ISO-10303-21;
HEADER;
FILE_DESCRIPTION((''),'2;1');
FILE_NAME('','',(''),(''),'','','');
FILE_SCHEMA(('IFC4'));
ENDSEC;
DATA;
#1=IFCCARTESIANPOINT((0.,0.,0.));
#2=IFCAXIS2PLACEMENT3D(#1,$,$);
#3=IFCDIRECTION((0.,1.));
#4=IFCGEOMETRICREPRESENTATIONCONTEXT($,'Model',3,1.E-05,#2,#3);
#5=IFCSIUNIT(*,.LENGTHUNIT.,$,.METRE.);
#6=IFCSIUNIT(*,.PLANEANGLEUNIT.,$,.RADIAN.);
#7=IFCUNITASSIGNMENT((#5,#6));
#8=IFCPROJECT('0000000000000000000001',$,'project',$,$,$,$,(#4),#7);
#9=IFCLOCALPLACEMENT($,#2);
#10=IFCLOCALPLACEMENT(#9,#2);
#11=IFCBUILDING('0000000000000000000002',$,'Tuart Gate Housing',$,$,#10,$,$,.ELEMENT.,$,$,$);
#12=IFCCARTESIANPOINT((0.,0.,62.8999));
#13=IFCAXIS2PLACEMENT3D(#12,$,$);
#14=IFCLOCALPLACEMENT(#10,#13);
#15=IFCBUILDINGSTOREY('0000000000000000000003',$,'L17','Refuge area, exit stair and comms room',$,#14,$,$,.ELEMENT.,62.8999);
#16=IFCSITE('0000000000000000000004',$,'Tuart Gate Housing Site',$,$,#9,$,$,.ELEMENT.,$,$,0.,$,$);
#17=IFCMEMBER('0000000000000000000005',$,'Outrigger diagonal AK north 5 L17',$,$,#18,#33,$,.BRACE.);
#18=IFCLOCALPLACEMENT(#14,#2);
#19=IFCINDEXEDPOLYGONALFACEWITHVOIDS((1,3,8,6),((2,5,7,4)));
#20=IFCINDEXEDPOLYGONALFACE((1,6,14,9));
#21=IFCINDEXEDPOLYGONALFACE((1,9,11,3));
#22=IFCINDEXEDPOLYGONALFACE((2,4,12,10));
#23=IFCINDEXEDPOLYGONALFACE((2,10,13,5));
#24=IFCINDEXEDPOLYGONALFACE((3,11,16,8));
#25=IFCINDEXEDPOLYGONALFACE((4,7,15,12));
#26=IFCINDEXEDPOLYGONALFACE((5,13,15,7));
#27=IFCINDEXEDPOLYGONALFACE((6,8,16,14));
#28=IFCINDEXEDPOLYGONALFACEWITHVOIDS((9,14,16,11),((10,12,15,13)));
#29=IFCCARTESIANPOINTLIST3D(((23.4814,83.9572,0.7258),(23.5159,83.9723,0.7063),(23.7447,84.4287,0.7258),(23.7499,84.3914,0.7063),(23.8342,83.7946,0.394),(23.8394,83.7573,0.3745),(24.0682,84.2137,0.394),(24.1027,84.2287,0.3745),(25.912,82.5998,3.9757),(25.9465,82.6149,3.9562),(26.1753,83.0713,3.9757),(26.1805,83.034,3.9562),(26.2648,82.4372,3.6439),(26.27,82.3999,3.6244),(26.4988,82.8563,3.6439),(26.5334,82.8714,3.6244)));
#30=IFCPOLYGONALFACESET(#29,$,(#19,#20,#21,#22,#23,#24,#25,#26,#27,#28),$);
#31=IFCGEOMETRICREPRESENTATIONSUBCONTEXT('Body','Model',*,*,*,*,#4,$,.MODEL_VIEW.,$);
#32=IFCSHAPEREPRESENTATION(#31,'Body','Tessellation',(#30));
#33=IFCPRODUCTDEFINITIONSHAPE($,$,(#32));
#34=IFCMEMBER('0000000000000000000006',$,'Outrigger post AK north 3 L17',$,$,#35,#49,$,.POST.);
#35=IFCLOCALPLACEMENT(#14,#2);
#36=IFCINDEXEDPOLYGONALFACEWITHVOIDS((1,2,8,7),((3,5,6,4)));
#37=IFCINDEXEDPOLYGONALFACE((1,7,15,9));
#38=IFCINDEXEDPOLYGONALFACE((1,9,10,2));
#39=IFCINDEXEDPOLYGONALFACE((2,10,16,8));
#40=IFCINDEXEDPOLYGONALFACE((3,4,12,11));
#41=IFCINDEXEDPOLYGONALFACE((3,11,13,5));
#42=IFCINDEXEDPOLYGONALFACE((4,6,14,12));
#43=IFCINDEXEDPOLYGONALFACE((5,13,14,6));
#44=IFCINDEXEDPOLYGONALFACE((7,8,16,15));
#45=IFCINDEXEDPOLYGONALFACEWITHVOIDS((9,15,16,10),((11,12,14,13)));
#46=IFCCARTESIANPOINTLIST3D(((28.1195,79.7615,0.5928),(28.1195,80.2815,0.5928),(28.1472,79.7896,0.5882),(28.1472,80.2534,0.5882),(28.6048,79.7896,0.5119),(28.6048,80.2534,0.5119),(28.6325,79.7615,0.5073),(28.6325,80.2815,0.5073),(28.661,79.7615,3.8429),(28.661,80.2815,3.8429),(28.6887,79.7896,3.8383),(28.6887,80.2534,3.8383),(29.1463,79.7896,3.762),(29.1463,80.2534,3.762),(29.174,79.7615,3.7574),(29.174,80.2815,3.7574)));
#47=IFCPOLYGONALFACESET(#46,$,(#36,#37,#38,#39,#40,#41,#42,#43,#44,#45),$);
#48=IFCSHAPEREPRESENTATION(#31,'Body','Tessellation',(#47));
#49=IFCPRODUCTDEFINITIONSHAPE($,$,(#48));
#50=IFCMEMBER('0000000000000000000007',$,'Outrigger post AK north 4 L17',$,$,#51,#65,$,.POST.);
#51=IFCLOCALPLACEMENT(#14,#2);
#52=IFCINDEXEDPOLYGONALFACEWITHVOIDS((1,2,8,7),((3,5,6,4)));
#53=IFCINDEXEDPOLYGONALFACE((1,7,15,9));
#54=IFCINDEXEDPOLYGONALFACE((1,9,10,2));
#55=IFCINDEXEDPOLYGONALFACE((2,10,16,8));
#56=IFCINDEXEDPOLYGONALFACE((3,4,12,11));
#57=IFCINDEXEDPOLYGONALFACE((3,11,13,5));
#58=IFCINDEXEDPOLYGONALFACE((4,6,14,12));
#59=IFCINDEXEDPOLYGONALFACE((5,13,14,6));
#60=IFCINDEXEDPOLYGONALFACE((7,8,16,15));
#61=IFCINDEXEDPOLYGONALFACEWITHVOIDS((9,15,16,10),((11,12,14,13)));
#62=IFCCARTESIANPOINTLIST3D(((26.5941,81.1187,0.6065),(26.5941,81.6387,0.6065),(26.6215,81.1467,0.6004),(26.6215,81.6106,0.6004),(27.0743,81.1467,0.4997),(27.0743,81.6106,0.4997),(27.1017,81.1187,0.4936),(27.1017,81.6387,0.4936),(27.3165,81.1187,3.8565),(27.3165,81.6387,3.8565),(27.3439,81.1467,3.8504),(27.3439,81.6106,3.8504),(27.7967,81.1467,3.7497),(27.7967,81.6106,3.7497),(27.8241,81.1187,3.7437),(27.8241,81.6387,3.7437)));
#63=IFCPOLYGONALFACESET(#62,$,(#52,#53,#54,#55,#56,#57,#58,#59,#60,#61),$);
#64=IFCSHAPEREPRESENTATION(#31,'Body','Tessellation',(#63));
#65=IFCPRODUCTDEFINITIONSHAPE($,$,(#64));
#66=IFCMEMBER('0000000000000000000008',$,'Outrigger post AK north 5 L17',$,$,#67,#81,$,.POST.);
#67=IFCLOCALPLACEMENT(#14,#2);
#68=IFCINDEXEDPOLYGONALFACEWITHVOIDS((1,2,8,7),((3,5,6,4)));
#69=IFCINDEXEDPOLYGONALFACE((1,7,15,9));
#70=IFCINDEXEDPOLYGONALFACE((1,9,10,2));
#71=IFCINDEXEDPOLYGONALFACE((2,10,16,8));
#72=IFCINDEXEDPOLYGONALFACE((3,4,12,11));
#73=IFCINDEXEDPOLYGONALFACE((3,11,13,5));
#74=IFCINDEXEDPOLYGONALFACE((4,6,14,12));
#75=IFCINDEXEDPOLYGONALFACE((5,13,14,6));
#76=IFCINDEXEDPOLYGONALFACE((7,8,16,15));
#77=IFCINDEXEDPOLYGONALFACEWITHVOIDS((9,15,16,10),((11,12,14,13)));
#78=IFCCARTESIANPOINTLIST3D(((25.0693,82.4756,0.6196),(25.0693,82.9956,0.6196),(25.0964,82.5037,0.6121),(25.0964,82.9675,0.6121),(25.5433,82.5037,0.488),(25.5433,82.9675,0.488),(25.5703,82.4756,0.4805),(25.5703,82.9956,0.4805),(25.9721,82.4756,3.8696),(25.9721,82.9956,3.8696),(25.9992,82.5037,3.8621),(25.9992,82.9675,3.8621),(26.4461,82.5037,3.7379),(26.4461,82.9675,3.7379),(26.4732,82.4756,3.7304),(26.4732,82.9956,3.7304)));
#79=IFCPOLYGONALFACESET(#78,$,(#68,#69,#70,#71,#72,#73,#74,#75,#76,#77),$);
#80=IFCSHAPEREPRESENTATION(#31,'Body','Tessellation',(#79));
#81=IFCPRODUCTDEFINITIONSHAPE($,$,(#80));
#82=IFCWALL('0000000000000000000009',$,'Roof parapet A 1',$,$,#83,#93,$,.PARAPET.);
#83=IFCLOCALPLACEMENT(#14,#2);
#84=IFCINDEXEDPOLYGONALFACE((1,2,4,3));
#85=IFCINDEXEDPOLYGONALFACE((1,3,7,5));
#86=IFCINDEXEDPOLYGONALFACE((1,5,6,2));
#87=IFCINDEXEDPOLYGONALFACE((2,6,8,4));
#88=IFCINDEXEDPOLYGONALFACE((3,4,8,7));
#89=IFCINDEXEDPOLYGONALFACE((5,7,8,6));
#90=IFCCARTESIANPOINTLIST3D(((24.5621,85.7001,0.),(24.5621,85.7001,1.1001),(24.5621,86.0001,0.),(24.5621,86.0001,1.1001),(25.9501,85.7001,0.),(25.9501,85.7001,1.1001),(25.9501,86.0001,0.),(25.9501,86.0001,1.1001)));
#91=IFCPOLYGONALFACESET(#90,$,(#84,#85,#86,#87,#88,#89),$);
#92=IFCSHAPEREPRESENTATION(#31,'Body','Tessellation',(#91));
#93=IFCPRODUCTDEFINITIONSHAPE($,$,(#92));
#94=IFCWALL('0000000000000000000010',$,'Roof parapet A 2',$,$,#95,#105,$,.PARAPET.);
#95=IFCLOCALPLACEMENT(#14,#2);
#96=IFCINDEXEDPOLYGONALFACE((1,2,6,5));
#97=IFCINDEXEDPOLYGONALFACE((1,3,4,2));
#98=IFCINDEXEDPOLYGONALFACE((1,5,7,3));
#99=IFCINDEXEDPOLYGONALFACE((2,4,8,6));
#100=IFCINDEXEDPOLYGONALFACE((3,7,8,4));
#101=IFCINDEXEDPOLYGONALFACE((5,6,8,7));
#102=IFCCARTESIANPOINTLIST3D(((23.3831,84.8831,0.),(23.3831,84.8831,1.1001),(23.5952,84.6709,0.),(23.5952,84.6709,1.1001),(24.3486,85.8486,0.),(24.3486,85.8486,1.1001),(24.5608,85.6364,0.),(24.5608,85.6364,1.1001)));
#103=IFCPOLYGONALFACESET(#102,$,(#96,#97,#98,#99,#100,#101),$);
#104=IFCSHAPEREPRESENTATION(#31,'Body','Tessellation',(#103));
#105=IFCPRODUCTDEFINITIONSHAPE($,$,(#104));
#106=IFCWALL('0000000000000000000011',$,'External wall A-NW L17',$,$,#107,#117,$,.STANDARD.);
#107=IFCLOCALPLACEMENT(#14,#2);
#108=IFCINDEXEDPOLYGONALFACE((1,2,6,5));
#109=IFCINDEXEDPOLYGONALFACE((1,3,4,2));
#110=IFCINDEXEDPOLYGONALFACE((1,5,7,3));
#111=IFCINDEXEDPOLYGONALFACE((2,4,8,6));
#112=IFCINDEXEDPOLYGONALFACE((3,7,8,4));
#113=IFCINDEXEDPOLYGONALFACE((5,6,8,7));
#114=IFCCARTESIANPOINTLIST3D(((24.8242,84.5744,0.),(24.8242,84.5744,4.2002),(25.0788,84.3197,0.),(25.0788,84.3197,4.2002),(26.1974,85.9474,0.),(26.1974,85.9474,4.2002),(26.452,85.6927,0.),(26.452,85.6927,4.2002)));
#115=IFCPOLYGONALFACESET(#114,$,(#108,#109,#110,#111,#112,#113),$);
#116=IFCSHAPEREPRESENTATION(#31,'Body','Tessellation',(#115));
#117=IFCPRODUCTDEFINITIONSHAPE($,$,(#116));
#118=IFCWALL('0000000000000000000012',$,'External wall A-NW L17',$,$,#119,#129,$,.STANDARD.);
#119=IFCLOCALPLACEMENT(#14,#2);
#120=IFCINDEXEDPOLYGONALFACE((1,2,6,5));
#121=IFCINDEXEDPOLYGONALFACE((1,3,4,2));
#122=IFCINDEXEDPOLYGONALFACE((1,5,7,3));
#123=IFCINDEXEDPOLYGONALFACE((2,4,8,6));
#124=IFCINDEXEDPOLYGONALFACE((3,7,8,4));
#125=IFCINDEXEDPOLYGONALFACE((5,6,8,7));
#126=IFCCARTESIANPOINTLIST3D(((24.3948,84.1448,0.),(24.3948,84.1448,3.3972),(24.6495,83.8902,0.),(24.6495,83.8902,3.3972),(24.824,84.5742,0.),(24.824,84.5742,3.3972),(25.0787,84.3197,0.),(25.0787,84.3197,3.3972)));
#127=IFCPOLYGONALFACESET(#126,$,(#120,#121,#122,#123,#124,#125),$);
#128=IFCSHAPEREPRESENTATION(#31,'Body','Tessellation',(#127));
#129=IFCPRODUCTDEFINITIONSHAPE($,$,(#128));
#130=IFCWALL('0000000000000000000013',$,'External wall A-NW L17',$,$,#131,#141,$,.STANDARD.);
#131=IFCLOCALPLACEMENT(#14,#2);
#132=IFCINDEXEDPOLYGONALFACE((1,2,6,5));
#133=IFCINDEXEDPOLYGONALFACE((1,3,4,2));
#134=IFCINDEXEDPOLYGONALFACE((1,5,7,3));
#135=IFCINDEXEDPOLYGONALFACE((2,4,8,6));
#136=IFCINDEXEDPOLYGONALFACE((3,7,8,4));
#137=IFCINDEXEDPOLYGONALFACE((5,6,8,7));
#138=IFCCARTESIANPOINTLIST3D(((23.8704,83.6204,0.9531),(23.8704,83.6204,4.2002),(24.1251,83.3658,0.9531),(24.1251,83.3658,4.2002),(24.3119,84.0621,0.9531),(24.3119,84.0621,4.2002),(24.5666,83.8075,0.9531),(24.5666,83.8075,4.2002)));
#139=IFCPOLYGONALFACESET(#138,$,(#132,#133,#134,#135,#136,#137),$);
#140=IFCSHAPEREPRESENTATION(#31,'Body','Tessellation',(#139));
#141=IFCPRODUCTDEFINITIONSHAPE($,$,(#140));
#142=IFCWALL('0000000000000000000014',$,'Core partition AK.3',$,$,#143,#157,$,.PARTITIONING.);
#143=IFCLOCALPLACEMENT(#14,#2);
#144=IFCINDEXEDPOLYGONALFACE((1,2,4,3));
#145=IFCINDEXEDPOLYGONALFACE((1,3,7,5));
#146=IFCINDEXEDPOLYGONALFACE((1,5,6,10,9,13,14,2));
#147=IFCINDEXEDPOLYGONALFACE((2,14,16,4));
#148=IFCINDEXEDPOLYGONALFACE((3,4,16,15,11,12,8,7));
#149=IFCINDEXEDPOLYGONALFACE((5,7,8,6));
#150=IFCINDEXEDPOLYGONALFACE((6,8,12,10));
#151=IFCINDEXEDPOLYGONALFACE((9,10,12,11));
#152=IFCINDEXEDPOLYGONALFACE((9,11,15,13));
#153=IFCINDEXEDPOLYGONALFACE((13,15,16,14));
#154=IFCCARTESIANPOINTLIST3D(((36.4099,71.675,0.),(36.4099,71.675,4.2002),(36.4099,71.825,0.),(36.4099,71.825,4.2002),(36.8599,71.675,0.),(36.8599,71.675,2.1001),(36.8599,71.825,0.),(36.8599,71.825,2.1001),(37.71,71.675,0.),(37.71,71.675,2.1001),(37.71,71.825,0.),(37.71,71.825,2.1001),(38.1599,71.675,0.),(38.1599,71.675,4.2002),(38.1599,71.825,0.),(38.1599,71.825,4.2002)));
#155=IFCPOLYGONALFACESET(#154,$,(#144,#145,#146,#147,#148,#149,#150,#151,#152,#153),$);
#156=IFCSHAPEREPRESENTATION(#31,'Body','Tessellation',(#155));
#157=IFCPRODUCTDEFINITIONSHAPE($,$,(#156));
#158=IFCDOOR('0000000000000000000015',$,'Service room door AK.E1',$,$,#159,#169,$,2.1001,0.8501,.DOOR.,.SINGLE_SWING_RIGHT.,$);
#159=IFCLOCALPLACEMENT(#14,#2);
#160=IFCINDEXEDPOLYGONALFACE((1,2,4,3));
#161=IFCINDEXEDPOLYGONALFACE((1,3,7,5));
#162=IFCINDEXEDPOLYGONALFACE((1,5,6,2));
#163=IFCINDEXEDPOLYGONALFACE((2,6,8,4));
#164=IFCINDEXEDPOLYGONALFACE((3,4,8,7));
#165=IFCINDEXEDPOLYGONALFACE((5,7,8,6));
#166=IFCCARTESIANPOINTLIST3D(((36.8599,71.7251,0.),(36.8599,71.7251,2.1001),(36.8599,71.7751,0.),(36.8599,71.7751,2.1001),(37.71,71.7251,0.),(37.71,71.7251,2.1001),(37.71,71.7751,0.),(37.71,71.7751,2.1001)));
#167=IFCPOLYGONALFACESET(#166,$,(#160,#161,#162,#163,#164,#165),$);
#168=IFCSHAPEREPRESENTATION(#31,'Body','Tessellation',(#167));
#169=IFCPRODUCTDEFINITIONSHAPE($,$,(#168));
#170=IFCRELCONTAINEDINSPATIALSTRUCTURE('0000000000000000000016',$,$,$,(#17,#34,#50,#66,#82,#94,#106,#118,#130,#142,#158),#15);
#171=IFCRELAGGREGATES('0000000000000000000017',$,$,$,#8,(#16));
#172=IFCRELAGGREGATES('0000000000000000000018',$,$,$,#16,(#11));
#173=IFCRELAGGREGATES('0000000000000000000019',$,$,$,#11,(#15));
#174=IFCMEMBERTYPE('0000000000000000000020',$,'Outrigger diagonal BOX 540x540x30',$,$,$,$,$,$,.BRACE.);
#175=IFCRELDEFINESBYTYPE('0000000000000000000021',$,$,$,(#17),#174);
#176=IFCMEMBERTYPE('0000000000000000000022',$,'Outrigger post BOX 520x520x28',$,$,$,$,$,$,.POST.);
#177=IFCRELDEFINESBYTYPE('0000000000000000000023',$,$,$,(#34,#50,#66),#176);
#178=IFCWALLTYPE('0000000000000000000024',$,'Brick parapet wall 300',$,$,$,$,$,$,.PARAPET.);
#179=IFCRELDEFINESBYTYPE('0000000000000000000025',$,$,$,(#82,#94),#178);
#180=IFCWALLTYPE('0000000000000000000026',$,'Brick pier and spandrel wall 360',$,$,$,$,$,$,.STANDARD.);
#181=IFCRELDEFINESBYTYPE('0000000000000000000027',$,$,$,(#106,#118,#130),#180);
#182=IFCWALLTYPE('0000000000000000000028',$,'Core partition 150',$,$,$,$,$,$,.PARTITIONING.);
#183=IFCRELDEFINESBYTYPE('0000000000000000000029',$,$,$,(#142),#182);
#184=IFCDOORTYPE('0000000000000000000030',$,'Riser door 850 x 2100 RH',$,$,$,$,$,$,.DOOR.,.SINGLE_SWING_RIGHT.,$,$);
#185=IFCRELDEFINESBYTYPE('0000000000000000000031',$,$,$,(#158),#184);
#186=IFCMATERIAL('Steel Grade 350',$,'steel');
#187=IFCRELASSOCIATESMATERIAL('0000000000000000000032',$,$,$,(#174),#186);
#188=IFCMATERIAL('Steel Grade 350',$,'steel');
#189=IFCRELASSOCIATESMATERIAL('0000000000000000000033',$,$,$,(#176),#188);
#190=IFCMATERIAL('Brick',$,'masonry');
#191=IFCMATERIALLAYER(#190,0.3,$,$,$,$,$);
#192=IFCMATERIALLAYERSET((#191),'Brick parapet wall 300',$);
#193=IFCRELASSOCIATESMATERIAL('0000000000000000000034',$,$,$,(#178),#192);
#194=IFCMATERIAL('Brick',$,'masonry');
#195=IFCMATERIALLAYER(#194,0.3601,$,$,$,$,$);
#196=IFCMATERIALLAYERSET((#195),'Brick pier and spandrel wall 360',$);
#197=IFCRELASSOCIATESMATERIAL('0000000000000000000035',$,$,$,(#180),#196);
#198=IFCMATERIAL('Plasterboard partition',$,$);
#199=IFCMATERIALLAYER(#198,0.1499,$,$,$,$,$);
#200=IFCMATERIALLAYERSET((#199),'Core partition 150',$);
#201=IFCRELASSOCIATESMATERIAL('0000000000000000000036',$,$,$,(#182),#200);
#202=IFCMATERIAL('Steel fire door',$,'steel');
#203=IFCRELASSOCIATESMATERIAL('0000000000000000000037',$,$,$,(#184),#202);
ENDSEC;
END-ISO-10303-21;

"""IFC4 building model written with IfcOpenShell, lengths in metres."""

from ifc_helpers import new_model, si_unit, direction, frame, frame_2d, origin, origin_2d, place, context, subcontext, project, spatial, rectangle, hollow_rectangle, extrude, material, layer, layer_set, material_profile, profile_set, type_object, element, fill, save


model = new_model("IFC4")

# Units and contexts
model_context = context("Model", 3, precision=1e-05, world=origin(), true_north=direction((0.0, 1.0)))
body_context = subcontext(model_context, "Body", "Model", "MODEL_VIEW")
ifc_project = project(units=[si_unit("LENGTHUNIT", "METRE"), si_unit("PLANEANGLEUNIT", "RADIAN")], contexts=[model_context])

# Site, building, storey
site_placement = place(None, origin())
site = spatial("IfcSite", under=ifc_project, at=site_placement, Name="Tuart Gate Housing Site", CompositionType="ELEMENT", RefElevation=0.0)
building_placement = place(site_placement, origin())
building = spatial("IfcBuilding", under=site, at=building_placement, Name="Tuart Gate Housing", CompositionType="ELEMENT")
storey_placement = place(building_placement, frame((0.0, 0.0, 62.8999)))
storey = spatial("IfcBuildingStorey", under=building, at=storey_placement, Name="L17", Description="Refuge area, exit stair and comms room", CompositionType="ELEMENT", Elevation=62.8999)

# Members
ifc_material_1 = material(Name="Steel Grade 350", Category="steel")
ifc_material_profile_1 = material_profile(ifc_material_1, hollow_rectangle(XDim=0.54, YDim=0.54, WallThickness=0.03, at=origin_2d()), Name="BOX 540x540x30")
ifc_profile_set_1 = profile_set([ifc_material_profile_1], Name="Steel Grade 350")
member_type_1 = type_object("IfcMemberType", Name="Outrigger diagonal BOX 540x540x30", PredefinedType="BRACE", material=ifc_profile_set_1)
member_1_placement = place(storey_placement, frame((26.2227, 82.7356, 3.8), z_axis=(-0.567992, 0.317199, -0.759453), x_axis=(-0.487578, -0.87308, 0.0)))
element("IfcMember", 1, at=member_1_placement, inside=storey, type_object=member_type_1, Name="Outrigger diagonal AK north 5 L17", PredefinedType="BRACE", context=body_context, shape_type="SweptSolid", body=[
    extrude(hollow_rectangle(XDim=0.54, YDim=0.54, WallThickness=0.03, at=origin_2d()), origin(), (0.0, 0.0, 1.0), 4.2793),
])
ifc_material_2 = material(Name="Steel Grade 350", Category="steel")
ifc_material_profile_2 = material_profile(ifc_material_2, hollow_rectangle(XDim=0.52, YDim=0.52, WallThickness=0.0281, at=origin_2d()), Name="BOX 520x520x28")
ifc_profile_set_2 = profile_set([ifc_material_profile_2], Name="Steel Grade 350")
member_type_2 = type_object("IfcMemberType", Name="Outrigger post BOX 520x520x28", PredefinedType="POST", material=ifc_profile_set_2)
member_2_placement = place(storey_placement, frame((28.376, 80.0215, 0.55), z_axis=(0.164351, 0.0, 0.986402), x_axis=(0.0, 1.0, 0.0)))
element("IfcMember", 2, at=member_2_placement, inside=storey, type_object=member_type_2, Name="Outrigger post AK north 3 L17", PredefinedType="POST", context=body_context, shape_type="SweptSolid", body=[
    extrude(hollow_rectangle(XDim=0.52, YDim=0.52, WallThickness=0.0281, at=origin_2d()), origin(), (0.0, 0.0, 1.0), 3.2949),
])
member_3_placement = place(storey_placement, frame((26.8479, 81.3787, 0.55), z_axis=(0.216985, 0.0, 0.976175), x_axis=(0.0, 1.0, 0.0)))
element("IfcMember", 3, at=member_3_placement, inside=storey, type_object=member_type_2, Name="Outrigger post AK north 4 L17", PredefinedType="POST", context=body_context, shape_type="SweptSolid", body=[
    extrude(hollow_rectangle(XDim=0.52, YDim=0.52, WallThickness=0.0281, at=origin_2d()), origin(), (0.0, 0.0, 1.0), 3.3293),
])
member_4_placement = place(storey_placement, frame((25.3198, 82.7356, 0.55), z_axis=(0.267659, 0.0, 0.963514), x_axis=(0.0, 1.0, 0.0)))
element("IfcMember", 4, at=member_4_placement, inside=storey, type_object=member_type_2, Name="Outrigger post AK north 5 L17", PredefinedType="POST", context=body_context, shape_type="SweptSolid", body=[
    extrude(hollow_rectangle(XDim=0.52, YDim=0.52, WallThickness=0.0281, at=origin_2d()), origin(), (0.0, 0.0, 1.0), 3.373),
])

# Walls
ifc_material_3 = material(Name="Brick", Category="masonry")
ifc_layer_1 = layer(ifc_material_3, 0.3)
ifc_layer_set_1 = layer_set([ifc_layer_1], Name="Brick parapet wall 300")
wall_type_1 = type_object("IfcWallType", Name="Brick parapet wall 300", PredefinedType="PARAPET", material=ifc_layer_set_1)
wall_1_placement = place(storey_placement, frame((25.95, 85.8501, 0.0), z_axis=(0.0, 0.0, 1.0), x_axis=(-1.0, 0.0, 0.0)))
element("IfcWall", 5, at=wall_1_placement, inside=storey, type_object=wall_type_1, Name="Roof parapet A 1", PredefinedType="PARAPET", context=body_context, shape_type="SweptSolid", body=[
    extrude(rectangle(XDim=1.3879, YDim=0.3, at=frame_2d((0.6938, 0.0))), origin(), (0.0, 0.0, 1.0), 1.1001),
])
wall_2_placement = place(storey_placement, frame((24.4546, 85.7424, 0.0), z_axis=(0.0, 0.0, 1.0), x_axis=(-0.707107, -0.707107, 0.0)))
element("IfcWall", 6, at=wall_2_placement, inside=storey, type_object=wall_type_1, Name="Roof parapet A 2", PredefinedType="PARAPET", context=body_context, shape_type="SweptSolid", body=[
    extrude(rectangle(XDim=1.3655, YDim=0.3, at=frame_2d((0.6826, 0.0))), origin(), (0.0, 0.0, 1.0), 1.1001),
])
ifc_material_4 = material(Name="Brick", Category="masonry")
ifc_layer_2 = layer(ifc_material_4, 0.3601)
ifc_layer_set_2 = layer_set([ifc_layer_2], Name="Brick pier and spandrel wall 360")
wall_type_2 = type_object("IfcWallType", Name="Brick pier and spandrel wall 360", PredefinedType="STANDARD", material=ifc_layer_set_2)
wall_3_placement = place(storey_placement, frame((26.3247, 85.8201, 0.0), z_axis=(0.0, 0.0, 1.0), x_axis=(-0.70717, -0.707044, 0.0)))
element("IfcWall", 7, at=wall_3_placement, inside=storey, type_object=wall_type_2, Name="External wall A-NW L17", PredefinedType="STANDARD", context=body_context, shape_type="SweptSolid", body=[
    extrude(rectangle(XDim=1.9419, YDim=0.3601, at=frame_2d((0.9709, 0.0))), origin(), (0.0, 0.0, 1.0), 4.2002),
])
wall_4_placement = place(storey_placement, frame((24.9514, 84.447, 0.0), z_axis=(0.0, 0.0, 1.0), x_axis=(-0.706906, -0.707308, 0.0)))
element("IfcWall", 8, at=wall_4_placement, inside=storey, type_object=wall_type_2, Name="External wall A-NW L17", PredefinedType="STANDARD", context=body_context, shape_type="SweptSolid", body=[
    extrude(rectangle(XDim=0.6072, YDim=0.3601, at=frame_2d((0.3037, 0.0))), origin(), (0.0, 0.0, 1.0), 3.3972),
])
wall_5_placement = place(storey_placement, frame((24.4392, 83.9348, 0.9531), z_axis=(0.0, 0.0, 1.0), x_axis=(-0.706911, -0.707302, 0.0)))
element("IfcWall", 9, at=wall_5_placement, inside=storey, type_object=wall_type_2, Name="External wall A-NW L17", PredefinedType="STANDARD", context=body_context, shape_type="SweptSolid", body=[
    extrude(rectangle(XDim=0.6245, YDim=0.3601, at=frame_2d((0.3123, 0.0))), origin(), (0.0, 0.0, 1.0), 3.2471),
])

# Wall, opening, door
ifc_material_5 = material(Name="Plasterboard partition")
ifc_layer_3 = layer(ifc_material_5, 0.1499)
ifc_layer_set_3 = layer_set([ifc_layer_3], Name="Core partition 150")
wall_type_3 = type_object("IfcWallType", Name="Core partition 150", PredefinedType="PARTITIONING", material=ifc_layer_set_3)
wall_6_placement = place(storey_placement, frame((38.1599, 71.75, 0.0), z_axis=(0.0, 0.0, 1.0), x_axis=(-1.0, 0.0, 0.0)))
wall_6 = element("IfcWall", 10, at=wall_6_placement, inside=storey, type_object=wall_type_3, Name="Core partition AK.3", PredefinedType="PARTITIONING", context=body_context, shape_type="SweptSolid", body=[
    extrude(rectangle(XDim=1.75, YDim=0.1499, at=frame_2d((0.875, 0.0))), origin(), (0.0, 0.0, 1.0), 4.2002),
])
opening_1_placement = place(wall_6_placement, frame((0.45, 0.0, 0.0)))
opening_1 = element("IfcOpeningElement", 11, at=opening_1_placement, cuts=wall_6, PredefinedType="OPENING", context=body_context, shape_type="SweptSolid", body=[
    extrude(rectangle(XDim=0.8501, YDim=2.1001, at=frame_2d((0.425, 1.05))), frame((0.0, 0.085, 0.0), z_axis=(0.0, -1.0, 0.0), x_axis=(1.0, 0.0, 0.0)), (0.0, 0.0, 1.0), 0.1699),
])
ifc_material_6 = material(Name="Steel fire door", Category="steel")
door_type_1 = type_object("IfcDoorType", Name="Riser door 850 x 2100 RH", OperationType="SINGLE_SWING_RIGHT", PredefinedType="DOOR", material=ifc_material_6)
door_1_placement = place(opening_1_placement, frame((0.8501, 0.0, 0.0), z_axis=(0.0, 0.0, 1.0), x_axis=(-1.0, 0.0, 0.0)))
door_1 = element("IfcDoor", 12, at=door_1_placement, inside=storey, type_object=door_type_1, Name="Service room door AK.E1", OperationType="SINGLE_SWING_RIGHT", OverallHeight=2.1001, OverallWidth=0.8501, PredefinedType="DOOR", context=body_context, shape_type="SweptSolid", body=[
    extrude(rectangle(XDim=0.8501, YDim=2.1001, at=frame_2d((0.425, 1.05))), frame((0.0, 0.0251, 0.0), z_axis=(0.0, -1.0, 0.0), x_axis=(1.0, 0.0, 0.0)), (0.0, 0.0, 1.0), 0.05),
])
fill(opening_1, door_1)

save(model, "model.ifc")
